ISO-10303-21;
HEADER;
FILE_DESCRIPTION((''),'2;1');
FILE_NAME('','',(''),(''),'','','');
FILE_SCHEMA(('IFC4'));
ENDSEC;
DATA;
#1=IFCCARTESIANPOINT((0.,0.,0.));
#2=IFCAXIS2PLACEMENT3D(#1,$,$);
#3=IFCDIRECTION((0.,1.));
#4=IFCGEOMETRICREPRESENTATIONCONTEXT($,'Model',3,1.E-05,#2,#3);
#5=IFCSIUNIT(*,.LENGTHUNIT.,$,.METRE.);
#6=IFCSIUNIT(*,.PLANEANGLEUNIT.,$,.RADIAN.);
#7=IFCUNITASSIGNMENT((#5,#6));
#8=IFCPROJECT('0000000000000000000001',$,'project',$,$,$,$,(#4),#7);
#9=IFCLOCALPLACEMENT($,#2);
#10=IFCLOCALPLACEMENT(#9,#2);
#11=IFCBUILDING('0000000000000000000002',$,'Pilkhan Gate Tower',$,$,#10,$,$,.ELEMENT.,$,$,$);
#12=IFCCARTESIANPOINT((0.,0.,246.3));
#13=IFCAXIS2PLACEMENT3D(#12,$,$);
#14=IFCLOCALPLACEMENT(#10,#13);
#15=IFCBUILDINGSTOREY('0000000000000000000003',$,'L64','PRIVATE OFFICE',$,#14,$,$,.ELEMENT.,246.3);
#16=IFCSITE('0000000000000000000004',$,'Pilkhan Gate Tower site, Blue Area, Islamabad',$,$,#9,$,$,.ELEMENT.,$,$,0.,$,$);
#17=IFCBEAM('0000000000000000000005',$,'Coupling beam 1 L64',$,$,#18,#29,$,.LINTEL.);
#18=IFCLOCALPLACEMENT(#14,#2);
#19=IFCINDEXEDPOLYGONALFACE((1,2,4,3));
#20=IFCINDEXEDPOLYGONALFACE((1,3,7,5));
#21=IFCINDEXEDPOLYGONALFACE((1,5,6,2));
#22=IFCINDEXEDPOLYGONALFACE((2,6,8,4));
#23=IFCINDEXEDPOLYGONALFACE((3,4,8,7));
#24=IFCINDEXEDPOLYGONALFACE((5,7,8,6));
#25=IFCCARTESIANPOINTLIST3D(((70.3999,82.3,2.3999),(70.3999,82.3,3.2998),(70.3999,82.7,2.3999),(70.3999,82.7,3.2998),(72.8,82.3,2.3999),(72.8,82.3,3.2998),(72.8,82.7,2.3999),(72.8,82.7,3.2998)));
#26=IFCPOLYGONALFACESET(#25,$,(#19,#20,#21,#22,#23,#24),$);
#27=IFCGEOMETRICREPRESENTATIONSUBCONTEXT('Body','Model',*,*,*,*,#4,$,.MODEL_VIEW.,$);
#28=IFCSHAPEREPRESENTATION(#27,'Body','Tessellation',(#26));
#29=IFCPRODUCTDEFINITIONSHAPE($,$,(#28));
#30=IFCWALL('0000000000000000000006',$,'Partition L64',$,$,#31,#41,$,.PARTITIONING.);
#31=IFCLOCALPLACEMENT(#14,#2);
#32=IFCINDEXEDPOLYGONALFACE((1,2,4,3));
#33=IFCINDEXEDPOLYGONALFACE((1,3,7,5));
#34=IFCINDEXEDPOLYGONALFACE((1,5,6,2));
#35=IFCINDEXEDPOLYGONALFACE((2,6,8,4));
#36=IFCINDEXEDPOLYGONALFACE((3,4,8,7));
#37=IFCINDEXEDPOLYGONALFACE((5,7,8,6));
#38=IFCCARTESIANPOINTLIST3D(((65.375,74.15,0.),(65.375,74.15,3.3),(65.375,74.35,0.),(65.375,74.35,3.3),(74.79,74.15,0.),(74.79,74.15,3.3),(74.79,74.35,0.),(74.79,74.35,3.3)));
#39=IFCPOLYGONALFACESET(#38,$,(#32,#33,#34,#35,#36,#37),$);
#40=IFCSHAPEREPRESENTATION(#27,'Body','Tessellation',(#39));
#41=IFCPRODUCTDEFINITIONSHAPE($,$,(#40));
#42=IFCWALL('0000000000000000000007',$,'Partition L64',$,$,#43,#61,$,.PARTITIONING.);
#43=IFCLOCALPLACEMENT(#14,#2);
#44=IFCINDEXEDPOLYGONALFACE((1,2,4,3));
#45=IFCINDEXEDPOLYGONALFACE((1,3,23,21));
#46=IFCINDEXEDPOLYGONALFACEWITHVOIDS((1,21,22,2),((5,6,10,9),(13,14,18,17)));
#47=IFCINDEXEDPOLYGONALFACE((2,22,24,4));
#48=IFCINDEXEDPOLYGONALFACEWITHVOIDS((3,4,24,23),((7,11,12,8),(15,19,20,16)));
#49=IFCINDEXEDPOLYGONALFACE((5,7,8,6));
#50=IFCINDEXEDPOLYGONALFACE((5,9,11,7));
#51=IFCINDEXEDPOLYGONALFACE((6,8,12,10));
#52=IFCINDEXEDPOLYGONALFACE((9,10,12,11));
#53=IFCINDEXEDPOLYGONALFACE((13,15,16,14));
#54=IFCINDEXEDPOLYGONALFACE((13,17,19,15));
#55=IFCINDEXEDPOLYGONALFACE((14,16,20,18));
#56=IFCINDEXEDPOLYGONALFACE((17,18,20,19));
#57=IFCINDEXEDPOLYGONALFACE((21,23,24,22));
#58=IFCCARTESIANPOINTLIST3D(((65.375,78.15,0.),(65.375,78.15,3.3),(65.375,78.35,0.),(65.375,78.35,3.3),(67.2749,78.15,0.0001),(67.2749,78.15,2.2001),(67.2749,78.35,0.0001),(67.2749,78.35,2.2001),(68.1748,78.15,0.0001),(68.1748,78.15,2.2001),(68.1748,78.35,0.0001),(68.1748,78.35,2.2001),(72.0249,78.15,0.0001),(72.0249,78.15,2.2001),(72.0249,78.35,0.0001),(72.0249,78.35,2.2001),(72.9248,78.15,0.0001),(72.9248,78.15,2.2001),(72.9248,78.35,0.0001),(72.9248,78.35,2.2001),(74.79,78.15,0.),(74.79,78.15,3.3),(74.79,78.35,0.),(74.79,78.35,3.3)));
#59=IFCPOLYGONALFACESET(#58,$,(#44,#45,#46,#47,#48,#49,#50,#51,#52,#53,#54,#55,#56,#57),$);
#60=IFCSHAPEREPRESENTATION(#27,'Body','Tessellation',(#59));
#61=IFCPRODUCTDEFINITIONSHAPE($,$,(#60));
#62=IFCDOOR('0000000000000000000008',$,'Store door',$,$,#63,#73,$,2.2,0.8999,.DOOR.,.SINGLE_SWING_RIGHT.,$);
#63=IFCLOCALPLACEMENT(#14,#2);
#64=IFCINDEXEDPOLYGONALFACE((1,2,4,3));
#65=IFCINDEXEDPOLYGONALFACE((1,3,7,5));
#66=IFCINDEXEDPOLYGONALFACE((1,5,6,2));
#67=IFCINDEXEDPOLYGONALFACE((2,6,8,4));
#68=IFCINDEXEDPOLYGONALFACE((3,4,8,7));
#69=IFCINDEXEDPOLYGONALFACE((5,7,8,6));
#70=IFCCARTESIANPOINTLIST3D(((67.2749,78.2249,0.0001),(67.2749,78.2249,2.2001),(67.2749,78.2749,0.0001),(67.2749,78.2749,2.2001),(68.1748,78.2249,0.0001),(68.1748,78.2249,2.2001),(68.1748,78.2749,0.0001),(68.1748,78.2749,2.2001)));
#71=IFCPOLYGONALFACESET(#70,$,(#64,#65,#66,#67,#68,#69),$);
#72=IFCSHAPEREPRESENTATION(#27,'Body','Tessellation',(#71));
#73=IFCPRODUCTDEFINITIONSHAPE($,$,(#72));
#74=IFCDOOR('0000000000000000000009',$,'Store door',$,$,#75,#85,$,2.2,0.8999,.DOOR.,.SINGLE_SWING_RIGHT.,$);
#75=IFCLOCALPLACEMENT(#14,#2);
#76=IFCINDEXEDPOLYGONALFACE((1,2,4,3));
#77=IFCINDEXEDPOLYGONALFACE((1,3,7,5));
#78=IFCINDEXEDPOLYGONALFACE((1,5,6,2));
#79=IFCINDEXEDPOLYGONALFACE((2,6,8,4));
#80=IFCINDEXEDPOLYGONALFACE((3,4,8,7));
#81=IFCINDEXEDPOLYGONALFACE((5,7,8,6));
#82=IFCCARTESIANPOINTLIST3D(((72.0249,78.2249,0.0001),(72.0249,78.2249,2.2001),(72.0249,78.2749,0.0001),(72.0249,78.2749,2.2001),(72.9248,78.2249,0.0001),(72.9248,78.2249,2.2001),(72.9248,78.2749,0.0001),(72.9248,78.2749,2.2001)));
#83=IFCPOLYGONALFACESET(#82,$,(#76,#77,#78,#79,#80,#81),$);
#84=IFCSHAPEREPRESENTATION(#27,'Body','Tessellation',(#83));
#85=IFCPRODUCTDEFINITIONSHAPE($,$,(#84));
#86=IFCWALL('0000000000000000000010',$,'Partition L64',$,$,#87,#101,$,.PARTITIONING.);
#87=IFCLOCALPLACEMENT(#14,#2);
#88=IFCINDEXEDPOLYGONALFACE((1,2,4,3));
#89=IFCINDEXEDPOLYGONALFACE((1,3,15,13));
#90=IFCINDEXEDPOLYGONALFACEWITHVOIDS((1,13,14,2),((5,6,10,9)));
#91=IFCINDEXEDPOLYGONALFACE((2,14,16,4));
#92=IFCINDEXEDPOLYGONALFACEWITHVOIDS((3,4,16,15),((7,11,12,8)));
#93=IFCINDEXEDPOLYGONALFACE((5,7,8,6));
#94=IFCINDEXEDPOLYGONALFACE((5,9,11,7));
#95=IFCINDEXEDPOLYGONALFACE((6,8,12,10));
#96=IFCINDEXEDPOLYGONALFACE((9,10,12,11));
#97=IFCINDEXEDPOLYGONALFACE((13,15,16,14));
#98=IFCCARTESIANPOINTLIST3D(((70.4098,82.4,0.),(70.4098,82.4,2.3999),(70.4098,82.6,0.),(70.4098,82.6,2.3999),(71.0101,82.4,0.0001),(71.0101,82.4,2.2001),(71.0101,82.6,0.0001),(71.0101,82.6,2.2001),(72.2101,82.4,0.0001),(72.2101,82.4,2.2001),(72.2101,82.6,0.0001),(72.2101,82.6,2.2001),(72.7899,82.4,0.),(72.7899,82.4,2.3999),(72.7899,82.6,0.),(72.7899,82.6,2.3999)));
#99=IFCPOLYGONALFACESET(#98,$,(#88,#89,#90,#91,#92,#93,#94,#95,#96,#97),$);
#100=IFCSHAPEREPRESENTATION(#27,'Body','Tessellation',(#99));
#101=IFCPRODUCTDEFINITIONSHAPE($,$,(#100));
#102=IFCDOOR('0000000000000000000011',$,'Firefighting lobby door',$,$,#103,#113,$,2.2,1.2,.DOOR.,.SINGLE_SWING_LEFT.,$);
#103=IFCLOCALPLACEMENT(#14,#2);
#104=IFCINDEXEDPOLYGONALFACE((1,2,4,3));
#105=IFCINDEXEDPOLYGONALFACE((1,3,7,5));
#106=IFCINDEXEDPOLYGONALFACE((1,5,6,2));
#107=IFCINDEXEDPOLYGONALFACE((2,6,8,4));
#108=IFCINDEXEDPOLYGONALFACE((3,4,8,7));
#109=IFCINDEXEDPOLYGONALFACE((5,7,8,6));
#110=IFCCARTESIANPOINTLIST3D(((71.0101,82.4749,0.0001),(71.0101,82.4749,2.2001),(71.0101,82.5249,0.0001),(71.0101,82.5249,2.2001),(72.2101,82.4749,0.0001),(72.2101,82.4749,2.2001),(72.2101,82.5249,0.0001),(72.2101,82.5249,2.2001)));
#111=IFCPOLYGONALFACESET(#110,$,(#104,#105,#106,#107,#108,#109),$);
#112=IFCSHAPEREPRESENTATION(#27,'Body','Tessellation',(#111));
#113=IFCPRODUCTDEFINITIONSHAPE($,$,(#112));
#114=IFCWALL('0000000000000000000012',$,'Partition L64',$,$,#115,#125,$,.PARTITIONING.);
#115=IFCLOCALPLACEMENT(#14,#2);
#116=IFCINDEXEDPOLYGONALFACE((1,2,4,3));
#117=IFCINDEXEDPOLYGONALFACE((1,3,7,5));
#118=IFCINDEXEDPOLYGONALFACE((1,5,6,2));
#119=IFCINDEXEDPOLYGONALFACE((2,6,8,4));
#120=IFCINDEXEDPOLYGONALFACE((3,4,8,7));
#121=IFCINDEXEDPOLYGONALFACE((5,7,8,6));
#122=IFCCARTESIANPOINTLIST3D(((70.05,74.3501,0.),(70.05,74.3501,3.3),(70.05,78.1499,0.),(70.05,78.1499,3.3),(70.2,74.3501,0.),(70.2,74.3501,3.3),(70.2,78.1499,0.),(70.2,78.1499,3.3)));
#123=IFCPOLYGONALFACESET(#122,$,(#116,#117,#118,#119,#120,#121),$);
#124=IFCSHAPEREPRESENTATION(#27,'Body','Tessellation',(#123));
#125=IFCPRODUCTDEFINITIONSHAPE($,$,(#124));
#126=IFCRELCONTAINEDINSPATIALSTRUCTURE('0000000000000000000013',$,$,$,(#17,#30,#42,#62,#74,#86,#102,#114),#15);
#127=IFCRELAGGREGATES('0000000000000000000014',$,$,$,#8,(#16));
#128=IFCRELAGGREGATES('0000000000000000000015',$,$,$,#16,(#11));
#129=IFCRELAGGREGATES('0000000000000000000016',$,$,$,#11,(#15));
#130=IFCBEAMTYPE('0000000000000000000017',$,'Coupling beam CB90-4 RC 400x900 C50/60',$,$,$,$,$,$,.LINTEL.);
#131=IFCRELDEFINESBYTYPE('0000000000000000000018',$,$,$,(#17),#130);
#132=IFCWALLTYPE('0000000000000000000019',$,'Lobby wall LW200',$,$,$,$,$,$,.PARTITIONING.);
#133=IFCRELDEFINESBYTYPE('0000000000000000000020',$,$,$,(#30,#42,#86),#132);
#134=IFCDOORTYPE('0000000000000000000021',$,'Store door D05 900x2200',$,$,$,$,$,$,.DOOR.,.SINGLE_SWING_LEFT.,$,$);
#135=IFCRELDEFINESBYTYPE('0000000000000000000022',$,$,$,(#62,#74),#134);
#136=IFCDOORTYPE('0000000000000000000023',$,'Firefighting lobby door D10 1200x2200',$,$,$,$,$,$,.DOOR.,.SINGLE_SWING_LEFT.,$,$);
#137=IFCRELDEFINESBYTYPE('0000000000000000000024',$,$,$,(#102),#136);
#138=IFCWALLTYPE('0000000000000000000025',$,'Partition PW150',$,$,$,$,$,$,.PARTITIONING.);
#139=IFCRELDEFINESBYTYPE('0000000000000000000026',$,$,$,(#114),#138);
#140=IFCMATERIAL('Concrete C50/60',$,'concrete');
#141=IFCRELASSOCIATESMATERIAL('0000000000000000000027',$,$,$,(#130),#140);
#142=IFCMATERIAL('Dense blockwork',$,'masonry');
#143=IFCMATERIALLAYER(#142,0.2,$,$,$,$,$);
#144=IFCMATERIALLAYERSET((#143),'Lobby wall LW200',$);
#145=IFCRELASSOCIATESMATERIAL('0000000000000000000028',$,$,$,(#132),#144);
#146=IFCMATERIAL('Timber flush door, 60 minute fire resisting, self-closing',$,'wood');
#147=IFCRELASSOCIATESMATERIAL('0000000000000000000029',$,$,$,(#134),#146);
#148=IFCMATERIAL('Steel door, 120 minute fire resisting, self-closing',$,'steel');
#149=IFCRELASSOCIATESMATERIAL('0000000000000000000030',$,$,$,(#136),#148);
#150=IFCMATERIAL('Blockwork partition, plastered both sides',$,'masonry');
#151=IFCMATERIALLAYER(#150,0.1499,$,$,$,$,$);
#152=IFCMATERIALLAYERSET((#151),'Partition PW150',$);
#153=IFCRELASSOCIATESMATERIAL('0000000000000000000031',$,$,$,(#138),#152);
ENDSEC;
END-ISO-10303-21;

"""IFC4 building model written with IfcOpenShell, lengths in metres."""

from ifc_helpers import new_model, si_unit, direction, frame, frame_2d, origin, origin_2d, place, context, subcontext, project, spatial, rectangle, extrude, material, layer, layer_set, material_profile, profile_set, type_object, element, fill, save


model = new_model("IFC4")

# Units and contexts
model_context = context("Model", 3, precision=1e-05, world=origin(), true_north=direction((0.0, 1.0)))
body_context = subcontext(model_context, "Body", "Model", "MODEL_VIEW")
ifc_project = project(units=[si_unit("LENGTHUNIT", "METRE"), si_unit("PLANEANGLEUNIT", "RADIAN")], contexts=[model_context])

# Site, building, storey
site_placement = place(None, origin())
site = spatial("IfcSite", under=ifc_project, at=site_placement, Name="Pilkhan Gate Tower site, Blue Area, Islamabad", CompositionType="ELEMENT", RefElevation=0.0)
building_placement = place(site_placement, origin())
building = spatial("IfcBuilding", under=site, at=building_placement, Name="Pilkhan Gate Tower", CompositionType="ELEMENT")
storey_placement = place(building_placement, frame((0.0, 0.0, 246.3)))
storey = spatial("IfcBuildingStorey", under=building, at=storey_placement, Name="L64", Description="PRIVATE OFFICE", CompositionType="ELEMENT", Elevation=246.3)

# Beam
ifc_material_1 = material(Name="Concrete C50/60", Category="concrete")
ifc_material_profile = material_profile(ifc_material_1, rectangle(XDim=0.3999, YDim=0.8999, at=origin_2d()), Name="RC 400x900")
ifc_profile_set = profile_set([ifc_material_profile], Name="Concrete C50/60")
beam_type = type_object("IfcBeamType", Name="Coupling beam CB90-4 RC 400x900 C50/60", PredefinedType="LINTEL", material=ifc_profile_set)
beam_placement = place(storey_placement, frame((70.3999, 82.5, 2.8499), z_axis=(1.0, 0.0, 0.0), x_axis=(0.0, 1.0, 0.0)))
element("IfcBeam", 1, at=beam_placement, inside=storey, type_object=beam_type, Name="Coupling beam 1 L64", PredefinedType="LINTEL", context=body_context, shape_type="SweptSolid", body=[
    extrude(rectangle(XDim=0.3999, YDim=0.8999, at=origin_2d()), origin(), (0.0, 0.0, 1.0), 2.4001),
])

# Wall
ifc_material_2 = material(Name="Dense blockwork", Category="masonry")
ifc_layer_1 = layer(ifc_material_2, 0.2)
ifc_layer_set_1 = layer_set([ifc_layer_1], Name="Lobby wall LW200")
wall_type_1 = type_object("IfcWallType", Name="Lobby wall LW200", PredefinedType="PARTITIONING", material=ifc_layer_set_1)
wall_1_placement = place(storey_placement, frame((65.375, 74.25, 0.0), z_axis=(0.0, 0.0, 1.0), x_axis=(1.0, 0.0, 0.0)))
element("IfcWall", 2, at=wall_1_placement, inside=storey, type_object=wall_type_1, Name="Partition L64", PredefinedType="PARTITIONING", context=body_context, shape_type="SweptSolid", body=[
    extrude(rectangle(XDim=9.415, YDim=0.2, at=frame_2d((4.7075, 0.0))), origin(), (0.0, 0.0, 1.0), 3.3),
])

# Wall, openings, doors
wall_2_placement = place(storey_placement, frame((65.375, 78.25, 0.0), z_axis=(0.0, 0.0, 1.0), x_axis=(1.0, 0.0, 0.0)))
wall_2 = element("IfcWall", 3, at=wall_2_placement, inside=storey, type_object=wall_type_1, Name="Partition L64", PredefinedType="PARTITIONING", context=body_context, shape_type="SweptSolid", body=[
    extrude(rectangle(XDim=9.415, YDim=0.2, at=frame_2d((4.7075, 0.0))), origin(), (0.0, 0.0, 1.0), 3.3),
])
opening_1_placement = place(wall_2_placement, frame((1.8999, 0.0, 0.0)))
opening_1 = element("IfcOpeningElement", 4, at=opening_1_placement, cuts=wall_2, PredefinedType="OPENING", context=body_context, shape_type="SweptSolid", body=[
    extrude(rectangle(XDim=0.8999, YDim=2.2, at=frame_2d((0.45, 1.1001))), frame((0.0, 0.1099, 0.0), z_axis=(0.0, -1.0, 0.0), x_axis=(1.0, 0.0, 0.0)), (0.0, 0.0, 1.0), 0.22),
])
opening_2_placement = place(wall_2_placement, frame((6.6499, 0.0, 0.0)))
opening_2 = element("IfcOpeningElement", 5, at=opening_2_placement, cuts=wall_2, PredefinedType="OPENING", context=body_context, shape_type="SweptSolid", body=[
    extrude(rectangle(XDim=0.8999, YDim=2.2, at=frame_2d((0.45, 1.1001))), frame((0.0, 0.1099, 0.0), z_axis=(0.0, -1.0, 0.0), x_axis=(1.0, 0.0, 0.0)), (0.0, 0.0, 1.0), 0.22),
])
ifc_material_3 = material(Name="Timber flush door, 60 minute fire resisting, self-closing", Category="wood")
door_type_1 = type_object("IfcDoorType", Name="Store door D05 900x2200", OperationType="SINGLE_SWING_LEFT", PredefinedType="DOOR", material=ifc_material_3)
door_1_placement = place(opening_1_placement, origin())
door_1 = element("IfcDoor", 6, at=door_1_placement, inside=storey, type_object=door_type_1, Name="Store door", OperationType="SINGLE_SWING_RIGHT", OverallHeight=2.2, OverallWidth=0.8999, PredefinedType="DOOR", context=body_context, shape_type="SweptSolid", body=[
    extrude(rectangle(XDim=0.8999, YDim=2.2, at=frame_2d((0.45, 1.1001))), frame((0.0, 0.0249, 0.0), z_axis=(0.0, -1.0, 0.0), x_axis=(1.0, 0.0, 0.0)), (0.0, 0.0, 1.0), 0.05),
])
fill(opening_1, door_1)
door_2_placement = place(opening_2_placement, origin())
door_2 = element("IfcDoor", 7, at=door_2_placement, inside=storey, type_object=door_type_1, Name="Store door", OperationType="SINGLE_SWING_RIGHT", OverallHeight=2.2, OverallWidth=0.8999, PredefinedType="DOOR", context=body_context, shape_type="SweptSolid", body=[
    extrude(rectangle(XDim=0.8999, YDim=2.2, at=frame_2d((0.45, 1.1001))), frame((0.0, 0.0249, 0.0), z_axis=(0.0, -1.0, 0.0), x_axis=(1.0, 0.0, 0.0)), (0.0, 0.0, 1.0), 0.05),
])
fill(opening_2, door_2)

# Wall, opening, door
wall_3_placement = place(storey_placement, frame((70.4099, 82.5, 0.0), z_axis=(0.0, 0.0, 1.0), x_axis=(1.0, 0.0, 0.0)))
wall_3 = element("IfcWall", 8, at=wall_3_placement, inside=storey, type_object=wall_type_1, Name="Partition L64", PredefinedType="PARTITIONING", context=body_context, shape_type="SweptSolid", body=[
    extrude(rectangle(XDim=2.3801, YDim=0.2, at=frame_2d((1.1899, 0.0))), origin(), (0.0, 0.0, 1.0), 2.3999),
])
opening_3_placement = place(wall_3_placement, frame((0.6001, 0.0, 0.0)))
opening_3 = element("IfcOpeningElement", 9, at=opening_3_placement, cuts=wall_3, PredefinedType="OPENING", context=body_context, shape_type="SweptSolid", body=[
    extrude(rectangle(XDim=1.2, YDim=2.2, at=frame_2d((0.6001, 1.1001))), frame((0.0, 0.1099, 0.0), z_axis=(0.0, -1.0, 0.0), x_axis=(1.0, 0.0, 0.0)), (0.0, 0.0, 1.0), 0.22),
])
ifc_material_4 = material(Name="Steel door, 120 minute fire resisting, self-closing", Category="steel")
door_type_2 = type_object("IfcDoorType", Name="Firefighting lobby door D10 1200x2200", OperationType="SINGLE_SWING_LEFT", PredefinedType="DOOR", material=ifc_material_4)
door_3_placement = place(opening_3_placement, origin())
door_3 = element("IfcDoor", 10, at=door_3_placement, inside=storey, type_object=door_type_2, Name="Firefighting lobby door", OperationType="SINGLE_SWING_LEFT", OverallHeight=2.2, OverallWidth=1.2, PredefinedType="DOOR", context=body_context, shape_type="SweptSolid", body=[
    extrude(rectangle(XDim=1.2, YDim=2.2, at=frame_2d((0.6001, 1.1001))), frame((0.0, 0.0249, 0.0), z_axis=(0.0, -1.0, 0.0), x_axis=(1.0, 0.0, 0.0)), (0.0, 0.0, 1.0), 0.05),
])
fill(opening_3, door_3)

# Wall
ifc_material_5 = material(Name="Blockwork partition, plastered both sides", Category="masonry")
ifc_layer_2 = layer(ifc_material_5, 0.1499)
ifc_layer_set_2 = layer_set([ifc_layer_2], Name="Partition PW150")
wall_type_2 = type_object("IfcWallType", Name="Partition PW150", PredefinedType="PARTITIONING", material=ifc_layer_set_2)
wall_4_placement = place(storey_placement, frame((70.125, 74.3501, 0.0), z_axis=(0.0, 0.0, 1.0), x_axis=(0.0, 1.0, 0.0)))
element("IfcWall", 11, at=wall_4_placement, inside=storey, type_object=wall_type_2, Name="Partition L64", PredefinedType="PARTITIONING", context=body_context, shape_type="SweptSolid", body=[
    extrude(rectangle(XDim=3.7998, YDim=0.1499, at=frame_2d((1.8999, 0.0))), origin(), (0.0, 0.0, 1.0), 3.3),
])

save(model, "model.ifc")
